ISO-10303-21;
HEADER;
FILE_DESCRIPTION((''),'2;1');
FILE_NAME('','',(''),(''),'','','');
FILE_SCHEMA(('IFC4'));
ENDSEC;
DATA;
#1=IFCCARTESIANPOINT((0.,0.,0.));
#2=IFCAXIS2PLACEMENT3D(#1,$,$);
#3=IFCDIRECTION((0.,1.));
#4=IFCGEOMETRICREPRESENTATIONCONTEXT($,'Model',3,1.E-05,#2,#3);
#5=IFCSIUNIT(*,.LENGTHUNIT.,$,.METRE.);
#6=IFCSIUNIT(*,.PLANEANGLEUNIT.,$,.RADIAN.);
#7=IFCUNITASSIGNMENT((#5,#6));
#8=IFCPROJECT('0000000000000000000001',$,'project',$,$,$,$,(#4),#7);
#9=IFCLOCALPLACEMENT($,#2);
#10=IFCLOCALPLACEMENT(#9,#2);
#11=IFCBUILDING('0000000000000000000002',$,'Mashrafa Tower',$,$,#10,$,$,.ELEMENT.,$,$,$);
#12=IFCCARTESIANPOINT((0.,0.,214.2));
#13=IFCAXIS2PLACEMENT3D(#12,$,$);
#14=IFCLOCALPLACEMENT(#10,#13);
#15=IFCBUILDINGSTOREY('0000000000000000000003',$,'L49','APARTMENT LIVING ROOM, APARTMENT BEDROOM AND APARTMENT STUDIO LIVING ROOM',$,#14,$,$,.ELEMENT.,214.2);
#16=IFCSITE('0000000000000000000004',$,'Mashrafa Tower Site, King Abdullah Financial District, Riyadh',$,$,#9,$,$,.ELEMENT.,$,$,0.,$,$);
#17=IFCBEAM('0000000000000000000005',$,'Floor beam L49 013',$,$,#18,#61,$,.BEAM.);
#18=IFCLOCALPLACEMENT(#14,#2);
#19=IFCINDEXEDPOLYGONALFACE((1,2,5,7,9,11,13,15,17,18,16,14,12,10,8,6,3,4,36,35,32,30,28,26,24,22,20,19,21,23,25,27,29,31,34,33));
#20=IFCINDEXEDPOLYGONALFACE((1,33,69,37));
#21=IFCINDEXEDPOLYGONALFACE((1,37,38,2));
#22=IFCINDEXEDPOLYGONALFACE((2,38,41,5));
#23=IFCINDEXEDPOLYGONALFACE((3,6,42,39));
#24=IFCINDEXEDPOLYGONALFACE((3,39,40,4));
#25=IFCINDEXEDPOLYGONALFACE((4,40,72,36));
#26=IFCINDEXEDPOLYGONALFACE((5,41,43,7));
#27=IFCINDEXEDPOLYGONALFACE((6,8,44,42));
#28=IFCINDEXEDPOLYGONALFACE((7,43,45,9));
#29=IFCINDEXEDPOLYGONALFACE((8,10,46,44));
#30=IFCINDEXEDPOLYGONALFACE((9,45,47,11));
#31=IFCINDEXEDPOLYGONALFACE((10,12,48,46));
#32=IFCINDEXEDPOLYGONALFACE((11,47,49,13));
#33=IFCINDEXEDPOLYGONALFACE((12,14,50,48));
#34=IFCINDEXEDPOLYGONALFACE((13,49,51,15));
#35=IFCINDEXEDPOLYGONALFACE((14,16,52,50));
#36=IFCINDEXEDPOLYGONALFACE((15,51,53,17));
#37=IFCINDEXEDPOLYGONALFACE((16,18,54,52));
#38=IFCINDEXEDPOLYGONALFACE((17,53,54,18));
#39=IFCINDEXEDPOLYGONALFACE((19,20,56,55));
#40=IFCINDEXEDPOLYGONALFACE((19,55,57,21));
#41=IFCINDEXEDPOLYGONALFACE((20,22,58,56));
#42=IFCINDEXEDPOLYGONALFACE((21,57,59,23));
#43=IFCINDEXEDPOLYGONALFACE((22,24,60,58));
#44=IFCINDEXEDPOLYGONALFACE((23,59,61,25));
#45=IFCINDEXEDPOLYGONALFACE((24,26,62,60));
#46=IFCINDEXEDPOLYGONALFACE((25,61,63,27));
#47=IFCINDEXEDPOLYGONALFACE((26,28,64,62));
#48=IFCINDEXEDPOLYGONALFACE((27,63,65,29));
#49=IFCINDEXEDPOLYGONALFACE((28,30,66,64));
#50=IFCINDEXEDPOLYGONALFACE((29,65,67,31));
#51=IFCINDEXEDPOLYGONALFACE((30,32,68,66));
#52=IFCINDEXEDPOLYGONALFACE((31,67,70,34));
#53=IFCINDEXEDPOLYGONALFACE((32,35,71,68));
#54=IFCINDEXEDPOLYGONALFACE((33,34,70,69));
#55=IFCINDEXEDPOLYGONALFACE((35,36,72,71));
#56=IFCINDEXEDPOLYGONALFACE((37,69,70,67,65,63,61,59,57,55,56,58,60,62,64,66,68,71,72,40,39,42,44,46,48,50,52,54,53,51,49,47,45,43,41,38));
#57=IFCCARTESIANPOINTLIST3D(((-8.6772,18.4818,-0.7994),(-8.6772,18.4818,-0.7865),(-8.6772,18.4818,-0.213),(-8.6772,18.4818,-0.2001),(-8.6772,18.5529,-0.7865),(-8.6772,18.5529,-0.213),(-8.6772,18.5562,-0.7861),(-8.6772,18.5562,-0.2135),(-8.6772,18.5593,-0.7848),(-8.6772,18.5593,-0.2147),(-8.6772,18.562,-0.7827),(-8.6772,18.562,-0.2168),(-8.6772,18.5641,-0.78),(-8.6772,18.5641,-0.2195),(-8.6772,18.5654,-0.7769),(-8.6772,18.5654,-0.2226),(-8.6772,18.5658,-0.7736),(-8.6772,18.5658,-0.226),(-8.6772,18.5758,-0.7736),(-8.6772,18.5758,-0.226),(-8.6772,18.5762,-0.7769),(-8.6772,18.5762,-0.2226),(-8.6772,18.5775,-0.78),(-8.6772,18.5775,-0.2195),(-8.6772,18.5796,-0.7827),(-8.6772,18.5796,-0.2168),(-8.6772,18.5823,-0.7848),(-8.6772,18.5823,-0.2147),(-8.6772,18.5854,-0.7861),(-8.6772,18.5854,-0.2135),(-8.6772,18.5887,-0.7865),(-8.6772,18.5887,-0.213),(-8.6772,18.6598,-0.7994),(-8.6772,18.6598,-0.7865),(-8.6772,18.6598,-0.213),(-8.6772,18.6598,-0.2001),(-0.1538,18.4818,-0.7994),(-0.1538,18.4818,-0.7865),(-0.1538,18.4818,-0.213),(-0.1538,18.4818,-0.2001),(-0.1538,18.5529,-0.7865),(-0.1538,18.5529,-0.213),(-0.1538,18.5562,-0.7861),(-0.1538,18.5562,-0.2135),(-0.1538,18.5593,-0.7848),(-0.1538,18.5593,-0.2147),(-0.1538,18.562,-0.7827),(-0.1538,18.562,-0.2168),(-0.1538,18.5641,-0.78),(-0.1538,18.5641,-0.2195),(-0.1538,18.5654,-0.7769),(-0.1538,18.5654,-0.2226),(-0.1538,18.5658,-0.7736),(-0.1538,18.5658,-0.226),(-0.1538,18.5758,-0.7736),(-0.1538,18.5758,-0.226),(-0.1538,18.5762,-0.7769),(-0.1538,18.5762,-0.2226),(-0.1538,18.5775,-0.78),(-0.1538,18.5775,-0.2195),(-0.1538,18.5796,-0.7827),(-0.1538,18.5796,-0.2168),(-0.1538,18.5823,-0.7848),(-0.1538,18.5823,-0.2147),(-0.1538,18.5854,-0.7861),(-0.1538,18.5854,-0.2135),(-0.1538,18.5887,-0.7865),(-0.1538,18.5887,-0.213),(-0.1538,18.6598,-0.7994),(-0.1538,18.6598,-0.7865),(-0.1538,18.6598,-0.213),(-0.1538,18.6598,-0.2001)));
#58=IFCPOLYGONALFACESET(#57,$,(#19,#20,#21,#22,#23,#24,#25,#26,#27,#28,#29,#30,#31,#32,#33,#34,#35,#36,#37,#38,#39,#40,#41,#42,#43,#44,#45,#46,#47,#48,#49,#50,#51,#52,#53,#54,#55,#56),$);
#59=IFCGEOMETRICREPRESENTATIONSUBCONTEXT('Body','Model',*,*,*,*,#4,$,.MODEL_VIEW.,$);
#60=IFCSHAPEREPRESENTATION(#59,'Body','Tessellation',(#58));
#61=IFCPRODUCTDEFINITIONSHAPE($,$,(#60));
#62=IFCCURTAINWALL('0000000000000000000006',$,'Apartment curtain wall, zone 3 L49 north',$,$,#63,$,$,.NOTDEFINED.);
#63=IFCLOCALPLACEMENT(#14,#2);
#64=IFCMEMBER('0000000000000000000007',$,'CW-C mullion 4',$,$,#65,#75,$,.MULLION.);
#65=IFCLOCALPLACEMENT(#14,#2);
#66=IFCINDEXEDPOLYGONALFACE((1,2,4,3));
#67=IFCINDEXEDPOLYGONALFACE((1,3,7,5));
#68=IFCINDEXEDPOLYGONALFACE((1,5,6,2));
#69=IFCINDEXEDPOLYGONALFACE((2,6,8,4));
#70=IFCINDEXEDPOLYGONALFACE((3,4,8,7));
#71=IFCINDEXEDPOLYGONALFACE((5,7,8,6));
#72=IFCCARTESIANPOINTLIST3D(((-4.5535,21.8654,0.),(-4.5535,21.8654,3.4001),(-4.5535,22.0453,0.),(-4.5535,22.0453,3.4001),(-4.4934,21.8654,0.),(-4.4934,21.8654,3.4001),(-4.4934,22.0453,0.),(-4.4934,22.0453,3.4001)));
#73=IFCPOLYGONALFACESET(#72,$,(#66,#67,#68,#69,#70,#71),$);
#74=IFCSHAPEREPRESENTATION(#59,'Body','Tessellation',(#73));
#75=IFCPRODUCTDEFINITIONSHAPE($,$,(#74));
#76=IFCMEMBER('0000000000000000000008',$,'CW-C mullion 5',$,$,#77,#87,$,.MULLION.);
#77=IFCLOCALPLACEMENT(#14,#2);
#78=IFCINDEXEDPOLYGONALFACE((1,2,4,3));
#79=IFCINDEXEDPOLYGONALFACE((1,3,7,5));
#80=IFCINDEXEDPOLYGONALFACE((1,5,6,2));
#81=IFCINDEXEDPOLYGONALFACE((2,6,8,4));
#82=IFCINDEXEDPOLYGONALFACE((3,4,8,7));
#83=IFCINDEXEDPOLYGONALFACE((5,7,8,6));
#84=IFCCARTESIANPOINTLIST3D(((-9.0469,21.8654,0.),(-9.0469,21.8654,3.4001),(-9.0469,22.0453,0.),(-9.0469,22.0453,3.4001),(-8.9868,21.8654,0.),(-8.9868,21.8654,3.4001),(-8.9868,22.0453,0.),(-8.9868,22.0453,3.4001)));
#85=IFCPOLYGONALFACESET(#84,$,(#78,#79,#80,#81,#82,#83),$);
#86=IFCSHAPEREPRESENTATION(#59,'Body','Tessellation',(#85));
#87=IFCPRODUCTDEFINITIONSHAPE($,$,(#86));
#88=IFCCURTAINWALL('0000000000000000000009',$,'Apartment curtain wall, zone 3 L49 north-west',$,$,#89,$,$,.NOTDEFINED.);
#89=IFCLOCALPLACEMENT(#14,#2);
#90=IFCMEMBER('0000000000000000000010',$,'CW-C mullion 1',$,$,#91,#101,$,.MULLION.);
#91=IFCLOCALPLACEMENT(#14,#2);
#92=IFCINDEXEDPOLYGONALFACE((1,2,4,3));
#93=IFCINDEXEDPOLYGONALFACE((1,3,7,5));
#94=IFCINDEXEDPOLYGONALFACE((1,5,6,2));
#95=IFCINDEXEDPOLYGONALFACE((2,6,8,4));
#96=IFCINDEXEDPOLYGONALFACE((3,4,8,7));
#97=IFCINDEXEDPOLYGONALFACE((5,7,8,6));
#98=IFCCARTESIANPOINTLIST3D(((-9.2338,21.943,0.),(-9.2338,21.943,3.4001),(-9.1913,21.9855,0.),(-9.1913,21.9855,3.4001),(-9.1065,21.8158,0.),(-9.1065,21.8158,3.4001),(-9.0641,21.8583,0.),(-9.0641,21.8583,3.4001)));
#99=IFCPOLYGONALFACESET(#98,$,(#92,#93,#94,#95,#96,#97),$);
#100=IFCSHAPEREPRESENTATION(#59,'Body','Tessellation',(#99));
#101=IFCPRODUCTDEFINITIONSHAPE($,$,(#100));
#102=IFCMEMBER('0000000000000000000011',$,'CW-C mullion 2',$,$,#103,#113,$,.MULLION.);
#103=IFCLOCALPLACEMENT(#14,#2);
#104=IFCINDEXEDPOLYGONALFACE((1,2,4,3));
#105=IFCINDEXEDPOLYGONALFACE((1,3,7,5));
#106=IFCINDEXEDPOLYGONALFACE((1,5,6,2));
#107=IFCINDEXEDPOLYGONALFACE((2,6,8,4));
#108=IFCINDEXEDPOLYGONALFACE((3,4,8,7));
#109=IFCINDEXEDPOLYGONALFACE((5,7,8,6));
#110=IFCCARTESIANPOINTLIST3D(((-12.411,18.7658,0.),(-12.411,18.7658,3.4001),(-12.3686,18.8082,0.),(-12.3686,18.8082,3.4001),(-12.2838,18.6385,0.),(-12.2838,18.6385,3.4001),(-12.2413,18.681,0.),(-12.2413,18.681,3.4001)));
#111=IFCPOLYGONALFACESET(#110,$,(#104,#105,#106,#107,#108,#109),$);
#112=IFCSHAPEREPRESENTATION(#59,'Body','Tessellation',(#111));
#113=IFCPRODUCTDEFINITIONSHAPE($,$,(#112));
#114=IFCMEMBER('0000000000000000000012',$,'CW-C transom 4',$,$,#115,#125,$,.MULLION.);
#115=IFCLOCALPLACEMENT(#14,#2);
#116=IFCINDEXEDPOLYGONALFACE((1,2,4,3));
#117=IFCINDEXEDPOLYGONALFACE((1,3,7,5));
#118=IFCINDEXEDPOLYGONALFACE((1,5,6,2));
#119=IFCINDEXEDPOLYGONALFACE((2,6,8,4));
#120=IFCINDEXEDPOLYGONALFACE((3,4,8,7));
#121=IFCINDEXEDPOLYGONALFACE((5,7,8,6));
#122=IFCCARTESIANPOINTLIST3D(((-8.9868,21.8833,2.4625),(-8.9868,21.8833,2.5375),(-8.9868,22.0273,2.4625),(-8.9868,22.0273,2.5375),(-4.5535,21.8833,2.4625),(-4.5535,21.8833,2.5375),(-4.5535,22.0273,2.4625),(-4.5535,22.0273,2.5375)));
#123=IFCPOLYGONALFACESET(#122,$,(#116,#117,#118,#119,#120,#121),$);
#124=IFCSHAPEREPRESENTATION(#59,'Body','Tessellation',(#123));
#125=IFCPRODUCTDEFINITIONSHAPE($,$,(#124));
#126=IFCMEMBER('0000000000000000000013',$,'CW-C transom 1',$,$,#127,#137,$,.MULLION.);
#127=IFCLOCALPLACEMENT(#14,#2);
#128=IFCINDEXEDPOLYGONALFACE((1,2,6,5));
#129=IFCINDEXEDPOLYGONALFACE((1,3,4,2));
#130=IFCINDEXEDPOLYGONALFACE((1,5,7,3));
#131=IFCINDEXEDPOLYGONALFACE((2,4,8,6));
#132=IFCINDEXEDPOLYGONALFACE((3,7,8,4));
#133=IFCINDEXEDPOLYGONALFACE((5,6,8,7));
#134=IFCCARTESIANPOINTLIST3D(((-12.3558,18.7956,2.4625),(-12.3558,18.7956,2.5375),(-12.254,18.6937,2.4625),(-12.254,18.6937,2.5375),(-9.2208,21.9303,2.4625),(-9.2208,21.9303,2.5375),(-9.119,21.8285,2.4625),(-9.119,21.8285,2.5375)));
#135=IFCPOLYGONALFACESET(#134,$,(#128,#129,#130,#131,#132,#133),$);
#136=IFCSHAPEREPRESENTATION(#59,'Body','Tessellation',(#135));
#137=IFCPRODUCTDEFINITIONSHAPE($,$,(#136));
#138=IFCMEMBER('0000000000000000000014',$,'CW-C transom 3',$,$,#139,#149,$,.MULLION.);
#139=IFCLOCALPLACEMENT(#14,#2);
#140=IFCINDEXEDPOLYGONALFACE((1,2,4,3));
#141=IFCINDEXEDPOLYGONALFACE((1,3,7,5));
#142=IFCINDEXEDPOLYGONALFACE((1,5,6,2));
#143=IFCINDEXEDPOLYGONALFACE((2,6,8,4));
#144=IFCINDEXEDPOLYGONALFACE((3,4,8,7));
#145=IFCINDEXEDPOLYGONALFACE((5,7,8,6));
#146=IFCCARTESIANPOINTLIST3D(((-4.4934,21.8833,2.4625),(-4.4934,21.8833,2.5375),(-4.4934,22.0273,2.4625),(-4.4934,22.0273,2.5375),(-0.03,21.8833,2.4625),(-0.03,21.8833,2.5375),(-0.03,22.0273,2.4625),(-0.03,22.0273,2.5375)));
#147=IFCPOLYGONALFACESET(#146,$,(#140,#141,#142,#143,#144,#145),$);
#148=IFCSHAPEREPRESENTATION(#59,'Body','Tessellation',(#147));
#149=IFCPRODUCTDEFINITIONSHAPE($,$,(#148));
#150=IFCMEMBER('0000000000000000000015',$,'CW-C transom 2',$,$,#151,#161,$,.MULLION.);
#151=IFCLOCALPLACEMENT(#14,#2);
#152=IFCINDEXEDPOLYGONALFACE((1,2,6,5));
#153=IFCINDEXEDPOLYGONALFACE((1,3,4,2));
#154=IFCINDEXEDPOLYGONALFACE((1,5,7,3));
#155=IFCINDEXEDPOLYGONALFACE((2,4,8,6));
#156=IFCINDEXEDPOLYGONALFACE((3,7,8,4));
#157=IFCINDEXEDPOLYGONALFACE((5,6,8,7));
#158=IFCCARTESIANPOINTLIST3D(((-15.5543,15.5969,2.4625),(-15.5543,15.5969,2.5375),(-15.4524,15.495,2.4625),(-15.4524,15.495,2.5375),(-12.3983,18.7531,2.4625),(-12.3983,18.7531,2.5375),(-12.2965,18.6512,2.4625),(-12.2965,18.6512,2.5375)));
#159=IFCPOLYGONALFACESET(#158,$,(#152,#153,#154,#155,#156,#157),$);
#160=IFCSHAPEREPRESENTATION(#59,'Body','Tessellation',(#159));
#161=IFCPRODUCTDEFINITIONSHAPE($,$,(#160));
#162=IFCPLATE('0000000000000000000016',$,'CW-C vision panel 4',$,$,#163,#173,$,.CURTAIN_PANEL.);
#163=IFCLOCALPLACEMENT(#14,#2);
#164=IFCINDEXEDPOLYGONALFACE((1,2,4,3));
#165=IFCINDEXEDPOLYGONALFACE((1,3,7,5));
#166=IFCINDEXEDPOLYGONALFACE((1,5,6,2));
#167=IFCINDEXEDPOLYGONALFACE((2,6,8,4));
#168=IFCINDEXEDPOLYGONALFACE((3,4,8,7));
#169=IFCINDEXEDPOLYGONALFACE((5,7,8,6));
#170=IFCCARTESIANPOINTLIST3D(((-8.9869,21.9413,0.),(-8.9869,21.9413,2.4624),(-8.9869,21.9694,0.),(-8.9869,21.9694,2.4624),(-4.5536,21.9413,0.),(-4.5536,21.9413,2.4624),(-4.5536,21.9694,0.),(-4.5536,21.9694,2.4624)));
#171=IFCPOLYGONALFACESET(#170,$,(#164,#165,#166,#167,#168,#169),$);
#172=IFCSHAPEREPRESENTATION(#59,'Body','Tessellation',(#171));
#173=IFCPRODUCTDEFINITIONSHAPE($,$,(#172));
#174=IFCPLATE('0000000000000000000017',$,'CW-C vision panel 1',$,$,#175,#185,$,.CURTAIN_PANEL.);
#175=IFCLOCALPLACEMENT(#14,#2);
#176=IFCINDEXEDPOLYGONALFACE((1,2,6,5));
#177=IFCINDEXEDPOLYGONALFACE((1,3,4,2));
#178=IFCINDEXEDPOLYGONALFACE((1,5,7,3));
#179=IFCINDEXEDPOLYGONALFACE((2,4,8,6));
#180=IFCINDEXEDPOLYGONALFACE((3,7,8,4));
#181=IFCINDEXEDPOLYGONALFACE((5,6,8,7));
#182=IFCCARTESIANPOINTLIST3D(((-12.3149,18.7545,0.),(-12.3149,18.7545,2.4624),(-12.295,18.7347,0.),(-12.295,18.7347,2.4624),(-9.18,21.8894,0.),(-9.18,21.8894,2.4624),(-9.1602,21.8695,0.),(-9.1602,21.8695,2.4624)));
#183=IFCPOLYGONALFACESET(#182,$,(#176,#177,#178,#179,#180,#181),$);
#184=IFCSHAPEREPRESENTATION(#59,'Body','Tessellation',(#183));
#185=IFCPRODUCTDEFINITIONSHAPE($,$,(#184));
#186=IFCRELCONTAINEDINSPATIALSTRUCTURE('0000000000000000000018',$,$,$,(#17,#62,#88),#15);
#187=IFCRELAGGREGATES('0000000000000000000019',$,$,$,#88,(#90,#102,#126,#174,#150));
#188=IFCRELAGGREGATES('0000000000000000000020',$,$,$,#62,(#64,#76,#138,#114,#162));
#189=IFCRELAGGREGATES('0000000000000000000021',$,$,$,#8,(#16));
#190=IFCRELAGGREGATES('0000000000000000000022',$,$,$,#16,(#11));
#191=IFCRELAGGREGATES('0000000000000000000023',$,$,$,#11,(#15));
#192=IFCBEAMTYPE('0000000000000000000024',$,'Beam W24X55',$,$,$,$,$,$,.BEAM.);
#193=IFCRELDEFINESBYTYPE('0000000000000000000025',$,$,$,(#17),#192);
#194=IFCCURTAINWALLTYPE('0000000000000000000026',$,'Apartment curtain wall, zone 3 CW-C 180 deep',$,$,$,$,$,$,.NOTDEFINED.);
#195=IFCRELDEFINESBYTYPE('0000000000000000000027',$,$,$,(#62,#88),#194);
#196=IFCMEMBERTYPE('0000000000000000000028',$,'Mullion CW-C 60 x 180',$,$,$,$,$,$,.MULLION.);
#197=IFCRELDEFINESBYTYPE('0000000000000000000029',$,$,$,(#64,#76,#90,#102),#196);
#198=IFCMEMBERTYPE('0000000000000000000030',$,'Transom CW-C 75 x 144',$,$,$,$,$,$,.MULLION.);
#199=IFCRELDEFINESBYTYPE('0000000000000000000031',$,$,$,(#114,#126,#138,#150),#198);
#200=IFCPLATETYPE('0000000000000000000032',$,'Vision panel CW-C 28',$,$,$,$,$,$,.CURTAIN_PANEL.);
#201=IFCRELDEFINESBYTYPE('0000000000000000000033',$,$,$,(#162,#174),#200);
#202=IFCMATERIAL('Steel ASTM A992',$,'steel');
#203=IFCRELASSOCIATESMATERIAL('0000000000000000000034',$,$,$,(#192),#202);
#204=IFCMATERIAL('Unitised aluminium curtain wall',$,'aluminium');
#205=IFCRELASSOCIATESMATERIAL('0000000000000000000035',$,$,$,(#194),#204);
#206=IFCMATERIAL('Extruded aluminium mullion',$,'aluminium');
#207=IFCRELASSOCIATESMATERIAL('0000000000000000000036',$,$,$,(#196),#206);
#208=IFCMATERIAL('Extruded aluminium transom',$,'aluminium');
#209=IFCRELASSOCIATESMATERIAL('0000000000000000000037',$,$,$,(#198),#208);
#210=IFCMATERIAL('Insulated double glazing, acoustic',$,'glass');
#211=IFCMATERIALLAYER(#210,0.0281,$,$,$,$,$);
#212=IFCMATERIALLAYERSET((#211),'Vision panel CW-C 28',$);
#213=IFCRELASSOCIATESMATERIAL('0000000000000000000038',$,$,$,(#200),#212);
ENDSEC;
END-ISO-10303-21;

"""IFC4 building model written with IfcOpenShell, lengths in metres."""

from ifc_helpers import new_model, si_unit, direction, frame, origin, origin_2d, place, context, subcontext, project, spatial, rectangle, i_section, extrude, source, transform, mapped, material, layer, layer_set, material_profile, profile_set, type_object, type_shapes, element, aggregate, save


model = new_model("IFC4")

# Units and contexts
model_context = context("Model", 3, precision=1e-05, world=origin(), true_north=direction((0.0, 1.0)))
body_context = subcontext(model_context, "Body", "Model", "MODEL_VIEW")
ifc_project = project(units=[si_unit("LENGTHUNIT", "METRE"), si_unit("PLANEANGLEUNIT", "RADIAN")], contexts=[model_context])

# Site, building, storey
site_placement = place(None, origin())
site = spatial("IfcSite", under=ifc_project, at=site_placement, Name="Mashrafa Tower Site, King Abdullah Financial District, Riyadh", CompositionType="ELEMENT", RefElevation=0.0)
building_placement = place(site_placement, origin())
building = spatial("IfcBuilding", under=site, at=building_placement, Name="Mashrafa Tower", CompositionType="ELEMENT")
storey_placement = place(building_placement, frame((0.0, 0.0, 214.2)))
storey = spatial("IfcBuildingStorey", under=building, at=storey_placement, Name="L49", Description="APARTMENT LIVING ROOM, APARTMENT BEDROOM AND APARTMENT STUDIO LIVING ROOM", CompositionType="ELEMENT", Elevation=214.2)

# Beam
ifc_material_1 = material(Name="Steel ASTM A992", Category="steel")
ifc_material_profile_1 = material_profile(ifc_material_1, i_section(OverallWidth=0.178, OverallDepth=0.5994, WebThickness=0.01, FlangeThickness=0.0129, FilletRadius=0.0129, at=origin_2d()), Name="W24X55")
ifc_profile_set_1 = profile_set([ifc_material_profile_1], Name="Steel ASTM A992")
beam_type_1 = type_object("IfcBeamType", Name="Beam W24X55", PredefinedType="BEAM", material=ifc_profile_set_1)
beam_1_placement = place(storey_placement, frame((-8.6772, 18.5708, -0.4998), z_axis=(1.0, 0.0, 0.0), x_axis=(0.0, 1.0, 0.0)))
element("IfcBeam", 1, at=beam_1_placement, inside=storey, type_object=beam_type_1, Name="Floor beam L49 013", PredefinedType="BEAM", context=body_context, shape_type="SweptSolid", body=[
    extrude(i_section(OverallWidth=0.178, OverallDepth=0.5994, WebThickness=0.01, FlangeThickness=0.0129, FilletRadius=0.0129, at=origin_2d()), origin(), (0.0, 0.0, 1.0), 8.5234),
])

# Curtain walls, members
ifc_material_2 = material(Name="Unitised aluminium curtain wall", Category="aluminium")
curtain_wall_type = type_object("IfcCurtainWallType", Name="Apartment curtain wall, zone 3 CW-C 180 deep", PredefinedType="NOTDEFINED", material=ifc_material_2)
curtain_wall_1_placement = place(storey_placement, origin())
curtain_wall_1 = element("IfcCurtainWall", 2, at=curtain_wall_1_placement, inside=storey, type_object=curtain_wall_type, Name="Apartment curtain wall, zone 3 L49 north", PredefinedType="NOTDEFINED")
ifc_material_3 = material(Name="Extruded aluminium mullion", Category="aluminium")
ifc_material_profile_2 = material_profile(ifc_material_3, rectangle(XDim=0.1799, YDim=0.0601, at=origin_2d()), Name="Mullion 60x180")
ifc_profile_set_2 = profile_set([ifc_material_profile_2], Name="Extruded aluminium mullion")
member_type_1 = type_object("IfcMemberType", Name="Mullion CW-C 60 x 180", PredefinedType="MULLION", material=ifc_profile_set_2)
shared_shape_1 = source(origin(), body_context, "Body", "SweptSolid", [
    extrude(rectangle(XDim=0.1799, YDim=0.0601, at=origin_2d()), origin(), (0.0, 0.0, 1.0), 3.4001),
])
type_shapes(member_type_1, [shared_shape_1])
member_1_placement = place(storey_placement, frame((-4.5234, 21.9553, 0.0), z_axis=(0.0, 0.0, 1.0), x_axis=(0.0, -1.0, 0.0)))
member_1 = element("IfcMember", 3, at=member_1_placement, type_object=member_type_1, Name="CW-C mullion 4", PredefinedType="MULLION", context=body_context, shape_type="MappedRepresentation", body=[
    mapped(shared_shape_1, transform((0.0, 0.0, 0.0))),
])
member_2_placement = place(storey_placement, frame((-9.0168, 21.9553, 0.0), z_axis=(0.0, 0.0, 1.0), x_axis=(0.0, -1.0, 0.0)))
member_2 = element("IfcMember", 4, at=member_2_placement, type_object=member_type_1, Name="CW-C mullion 5", PredefinedType="MULLION", context=body_context, shape_type="MappedRepresentation", body=[
    mapped(shared_shape_1, transform((0.0, 0.0, 0.0))),
])
curtain_wall_2_placement = place(storey_placement, origin())
curtain_wall_2 = element("IfcCurtainWall", 5, at=curtain_wall_2_placement, inside=storey, type_object=curtain_wall_type, Name="Apartment curtain wall, zone 3 L49 north-west", PredefinedType="NOTDEFINED")
member_3_placement = place(storey_placement, frame((-9.1489, 21.9006, 0.0), z_axis=(0.0, 0.0, 1.0), x_axis=(0.707107, -0.707107, 0.0)))
member_3 = element("IfcMember", 6, at=member_3_placement, type_object=member_type_1, Name="CW-C mullion 1", PredefinedType="MULLION", context=body_context, shape_type="MappedRepresentation", body=[
    mapped(shared_shape_1, transform((0.0, 0.0, 0.0))),
])
member_4_placement = place(storey_placement, frame((-12.3262, 18.7234, 0.0), z_axis=(0.0, 0.0, 1.0), x_axis=(0.707107, -0.707107, 0.0)))
member_4 = element("IfcMember", 7, at=member_4_placement, type_object=member_type_1, Name="CW-C mullion 2", PredefinedType="MULLION", context=body_context, shape_type="MappedRepresentation", body=[
    mapped(shared_shape_1, transform((0.0, 0.0, 0.0))),
])

# Members
ifc_material_4 = material(Name="Extruded aluminium transom", Category="aluminium")
ifc_material_profile_3 = material_profile(ifc_material_4, rectangle(XDim=0.144, YDim=0.075, at=origin_2d()), Name="Transom 75x144")
ifc_profile_set_3 = profile_set([ifc_material_profile_3], Name="Extruded aluminium transom")
member_type_2 = type_object("IfcMemberType", Name="Transom CW-C 75 x 144", PredefinedType="MULLION", material=ifc_profile_set_3)
shared_shape_2 = source(origin(), body_context, "Body", "SweptSolid", [
    extrude(rectangle(XDim=0.144, YDim=0.075, at=origin_2d()), origin(), (0.0, 0.0, 1.0), 4.4333),
])
member_5_placement = place(storey_placement, frame((-4.5535, 21.9553, 2.5), z_axis=(-1.0, 0.0, 0.0), x_axis=(0.0, -1.0, 0.0)))
member_5 = element("IfcMember", 8, at=member_5_placement, type_object=member_type_2, Name="CW-C transom 4", PredefinedType="MULLION", context=body_context, shape_type="MappedRepresentation", body=[
    mapped(shared_shape_2, transform((0.0, 0.0, 0.0))),
])
member_6_placement = place(storey_placement, frame((-9.1699, 21.8794, 2.5), z_axis=(-0.707134, -0.707079, 0.0), x_axis=(0.707079, -0.707134, 0.0)))
member_6 = element("IfcMember", 9, at=member_6_placement, type_object=member_type_2, Name="CW-C transom 1", PredefinedType="MULLION", context=body_context, shape_type="MappedRepresentation", body=[
    mapped(shared_shape_2, transform((0.0, 0.0, 0.0))),
])
shared_shape_3 = source(origin(), body_context, "Body", "SweptSolid", [
    extrude(rectangle(XDim=0.144, YDim=0.075, at=origin_2d()), origin(), (0.0, 0.0, 1.0), 4.4634),
])
type_shapes(member_type_2, [shared_shape_2, shared_shape_3])
member_7_placement = place(storey_placement, frame((-0.03, 21.9553, 2.5), z_axis=(-1.0, 0.0, 0.0), x_axis=(0.0, -1.0, 0.0)))
member_7 = element("IfcMember", 10, at=member_7_placement, type_object=member_type_2, Name="CW-C transom 3", PredefinedType="MULLION", context=body_context, shape_type="MappedRepresentation", body=[
    mapped(shared_shape_3, transform((0.0, 0.0, 0.0))),
])
member_8_placement = place(storey_placement, frame((-12.3474, 18.7021, 2.5), z_axis=(-0.707079, -0.707134, 0.0), x_axis=(0.707134, -0.707079, 0.0)))
member_8 = element("IfcMember", 11, at=member_8_placement, type_object=member_type_2, Name="CW-C transom 2", PredefinedType="MULLION", context=body_context, shape_type="MappedRepresentation", body=[
    mapped(shared_shape_3, transform((0.0, 0.0, 0.0))),
])

# Plates
ifc_material_5 = material(Name="Insulated double glazing, acoustic", Category="glass")
ifc_layer_1 = layer(ifc_material_5, 0.0281)
ifc_layer_set_1 = layer_set([ifc_layer_1], Name="Vision panel CW-C 28")
plate_type_1 = type_object("IfcPlateType", Name="Vision panel CW-C 28", PredefinedType="CURTAIN_PANEL", material=ifc_layer_set_1)
shared_shape_4 = source(origin(), body_context, "Body", "SweptSolid", [
    extrude(rectangle(XDim=4.4333, YDim=0.0281, at=origin_2d()), origin(), (0.0, 0.0, 1.0), 2.4624),
])
plate_1_placement = place(storey_placement, frame((-6.7703, 21.9553, 0.0), z_axis=(0.0, 0.0, 1.0), x_axis=(-1.0, 0.0, 0.0)))
plate_1 = element("IfcPlate", 12, at=plate_1_placement, type_object=plate_type_1, Name="CW-C vision panel 4", PredefinedType="CURTAIN_PANEL", context=body_context, shape_type="MappedRepresentation", body=[
    mapped(shared_shape_4, transform((0.0, 0.0, 0.0))),
])
plate_2_placement = place(storey_placement, frame((-10.7375, 20.312, 0.0), z_axis=(0.0, 0.0, 1.0), x_axis=(-0.707107, -0.707107, 0.0)))
plate_2 = element("IfcPlate", 13, at=plate_2_placement, type_object=plate_type_1, Name="CW-C vision panel 1", PredefinedType="CURTAIN_PANEL", context=body_context, shape_type="MappedRepresentation", body=[
    mapped(shared_shape_4, transform((0.0, 0.0, 0.0))),
])
aggregate(curtain_wall_2, [member_3, member_4, member_6, plate_2, member_8])
aggregate(curtain_wall_1, [member_1, member_2, member_7, member_5, plate_1])

save(model, "model.ifc")
